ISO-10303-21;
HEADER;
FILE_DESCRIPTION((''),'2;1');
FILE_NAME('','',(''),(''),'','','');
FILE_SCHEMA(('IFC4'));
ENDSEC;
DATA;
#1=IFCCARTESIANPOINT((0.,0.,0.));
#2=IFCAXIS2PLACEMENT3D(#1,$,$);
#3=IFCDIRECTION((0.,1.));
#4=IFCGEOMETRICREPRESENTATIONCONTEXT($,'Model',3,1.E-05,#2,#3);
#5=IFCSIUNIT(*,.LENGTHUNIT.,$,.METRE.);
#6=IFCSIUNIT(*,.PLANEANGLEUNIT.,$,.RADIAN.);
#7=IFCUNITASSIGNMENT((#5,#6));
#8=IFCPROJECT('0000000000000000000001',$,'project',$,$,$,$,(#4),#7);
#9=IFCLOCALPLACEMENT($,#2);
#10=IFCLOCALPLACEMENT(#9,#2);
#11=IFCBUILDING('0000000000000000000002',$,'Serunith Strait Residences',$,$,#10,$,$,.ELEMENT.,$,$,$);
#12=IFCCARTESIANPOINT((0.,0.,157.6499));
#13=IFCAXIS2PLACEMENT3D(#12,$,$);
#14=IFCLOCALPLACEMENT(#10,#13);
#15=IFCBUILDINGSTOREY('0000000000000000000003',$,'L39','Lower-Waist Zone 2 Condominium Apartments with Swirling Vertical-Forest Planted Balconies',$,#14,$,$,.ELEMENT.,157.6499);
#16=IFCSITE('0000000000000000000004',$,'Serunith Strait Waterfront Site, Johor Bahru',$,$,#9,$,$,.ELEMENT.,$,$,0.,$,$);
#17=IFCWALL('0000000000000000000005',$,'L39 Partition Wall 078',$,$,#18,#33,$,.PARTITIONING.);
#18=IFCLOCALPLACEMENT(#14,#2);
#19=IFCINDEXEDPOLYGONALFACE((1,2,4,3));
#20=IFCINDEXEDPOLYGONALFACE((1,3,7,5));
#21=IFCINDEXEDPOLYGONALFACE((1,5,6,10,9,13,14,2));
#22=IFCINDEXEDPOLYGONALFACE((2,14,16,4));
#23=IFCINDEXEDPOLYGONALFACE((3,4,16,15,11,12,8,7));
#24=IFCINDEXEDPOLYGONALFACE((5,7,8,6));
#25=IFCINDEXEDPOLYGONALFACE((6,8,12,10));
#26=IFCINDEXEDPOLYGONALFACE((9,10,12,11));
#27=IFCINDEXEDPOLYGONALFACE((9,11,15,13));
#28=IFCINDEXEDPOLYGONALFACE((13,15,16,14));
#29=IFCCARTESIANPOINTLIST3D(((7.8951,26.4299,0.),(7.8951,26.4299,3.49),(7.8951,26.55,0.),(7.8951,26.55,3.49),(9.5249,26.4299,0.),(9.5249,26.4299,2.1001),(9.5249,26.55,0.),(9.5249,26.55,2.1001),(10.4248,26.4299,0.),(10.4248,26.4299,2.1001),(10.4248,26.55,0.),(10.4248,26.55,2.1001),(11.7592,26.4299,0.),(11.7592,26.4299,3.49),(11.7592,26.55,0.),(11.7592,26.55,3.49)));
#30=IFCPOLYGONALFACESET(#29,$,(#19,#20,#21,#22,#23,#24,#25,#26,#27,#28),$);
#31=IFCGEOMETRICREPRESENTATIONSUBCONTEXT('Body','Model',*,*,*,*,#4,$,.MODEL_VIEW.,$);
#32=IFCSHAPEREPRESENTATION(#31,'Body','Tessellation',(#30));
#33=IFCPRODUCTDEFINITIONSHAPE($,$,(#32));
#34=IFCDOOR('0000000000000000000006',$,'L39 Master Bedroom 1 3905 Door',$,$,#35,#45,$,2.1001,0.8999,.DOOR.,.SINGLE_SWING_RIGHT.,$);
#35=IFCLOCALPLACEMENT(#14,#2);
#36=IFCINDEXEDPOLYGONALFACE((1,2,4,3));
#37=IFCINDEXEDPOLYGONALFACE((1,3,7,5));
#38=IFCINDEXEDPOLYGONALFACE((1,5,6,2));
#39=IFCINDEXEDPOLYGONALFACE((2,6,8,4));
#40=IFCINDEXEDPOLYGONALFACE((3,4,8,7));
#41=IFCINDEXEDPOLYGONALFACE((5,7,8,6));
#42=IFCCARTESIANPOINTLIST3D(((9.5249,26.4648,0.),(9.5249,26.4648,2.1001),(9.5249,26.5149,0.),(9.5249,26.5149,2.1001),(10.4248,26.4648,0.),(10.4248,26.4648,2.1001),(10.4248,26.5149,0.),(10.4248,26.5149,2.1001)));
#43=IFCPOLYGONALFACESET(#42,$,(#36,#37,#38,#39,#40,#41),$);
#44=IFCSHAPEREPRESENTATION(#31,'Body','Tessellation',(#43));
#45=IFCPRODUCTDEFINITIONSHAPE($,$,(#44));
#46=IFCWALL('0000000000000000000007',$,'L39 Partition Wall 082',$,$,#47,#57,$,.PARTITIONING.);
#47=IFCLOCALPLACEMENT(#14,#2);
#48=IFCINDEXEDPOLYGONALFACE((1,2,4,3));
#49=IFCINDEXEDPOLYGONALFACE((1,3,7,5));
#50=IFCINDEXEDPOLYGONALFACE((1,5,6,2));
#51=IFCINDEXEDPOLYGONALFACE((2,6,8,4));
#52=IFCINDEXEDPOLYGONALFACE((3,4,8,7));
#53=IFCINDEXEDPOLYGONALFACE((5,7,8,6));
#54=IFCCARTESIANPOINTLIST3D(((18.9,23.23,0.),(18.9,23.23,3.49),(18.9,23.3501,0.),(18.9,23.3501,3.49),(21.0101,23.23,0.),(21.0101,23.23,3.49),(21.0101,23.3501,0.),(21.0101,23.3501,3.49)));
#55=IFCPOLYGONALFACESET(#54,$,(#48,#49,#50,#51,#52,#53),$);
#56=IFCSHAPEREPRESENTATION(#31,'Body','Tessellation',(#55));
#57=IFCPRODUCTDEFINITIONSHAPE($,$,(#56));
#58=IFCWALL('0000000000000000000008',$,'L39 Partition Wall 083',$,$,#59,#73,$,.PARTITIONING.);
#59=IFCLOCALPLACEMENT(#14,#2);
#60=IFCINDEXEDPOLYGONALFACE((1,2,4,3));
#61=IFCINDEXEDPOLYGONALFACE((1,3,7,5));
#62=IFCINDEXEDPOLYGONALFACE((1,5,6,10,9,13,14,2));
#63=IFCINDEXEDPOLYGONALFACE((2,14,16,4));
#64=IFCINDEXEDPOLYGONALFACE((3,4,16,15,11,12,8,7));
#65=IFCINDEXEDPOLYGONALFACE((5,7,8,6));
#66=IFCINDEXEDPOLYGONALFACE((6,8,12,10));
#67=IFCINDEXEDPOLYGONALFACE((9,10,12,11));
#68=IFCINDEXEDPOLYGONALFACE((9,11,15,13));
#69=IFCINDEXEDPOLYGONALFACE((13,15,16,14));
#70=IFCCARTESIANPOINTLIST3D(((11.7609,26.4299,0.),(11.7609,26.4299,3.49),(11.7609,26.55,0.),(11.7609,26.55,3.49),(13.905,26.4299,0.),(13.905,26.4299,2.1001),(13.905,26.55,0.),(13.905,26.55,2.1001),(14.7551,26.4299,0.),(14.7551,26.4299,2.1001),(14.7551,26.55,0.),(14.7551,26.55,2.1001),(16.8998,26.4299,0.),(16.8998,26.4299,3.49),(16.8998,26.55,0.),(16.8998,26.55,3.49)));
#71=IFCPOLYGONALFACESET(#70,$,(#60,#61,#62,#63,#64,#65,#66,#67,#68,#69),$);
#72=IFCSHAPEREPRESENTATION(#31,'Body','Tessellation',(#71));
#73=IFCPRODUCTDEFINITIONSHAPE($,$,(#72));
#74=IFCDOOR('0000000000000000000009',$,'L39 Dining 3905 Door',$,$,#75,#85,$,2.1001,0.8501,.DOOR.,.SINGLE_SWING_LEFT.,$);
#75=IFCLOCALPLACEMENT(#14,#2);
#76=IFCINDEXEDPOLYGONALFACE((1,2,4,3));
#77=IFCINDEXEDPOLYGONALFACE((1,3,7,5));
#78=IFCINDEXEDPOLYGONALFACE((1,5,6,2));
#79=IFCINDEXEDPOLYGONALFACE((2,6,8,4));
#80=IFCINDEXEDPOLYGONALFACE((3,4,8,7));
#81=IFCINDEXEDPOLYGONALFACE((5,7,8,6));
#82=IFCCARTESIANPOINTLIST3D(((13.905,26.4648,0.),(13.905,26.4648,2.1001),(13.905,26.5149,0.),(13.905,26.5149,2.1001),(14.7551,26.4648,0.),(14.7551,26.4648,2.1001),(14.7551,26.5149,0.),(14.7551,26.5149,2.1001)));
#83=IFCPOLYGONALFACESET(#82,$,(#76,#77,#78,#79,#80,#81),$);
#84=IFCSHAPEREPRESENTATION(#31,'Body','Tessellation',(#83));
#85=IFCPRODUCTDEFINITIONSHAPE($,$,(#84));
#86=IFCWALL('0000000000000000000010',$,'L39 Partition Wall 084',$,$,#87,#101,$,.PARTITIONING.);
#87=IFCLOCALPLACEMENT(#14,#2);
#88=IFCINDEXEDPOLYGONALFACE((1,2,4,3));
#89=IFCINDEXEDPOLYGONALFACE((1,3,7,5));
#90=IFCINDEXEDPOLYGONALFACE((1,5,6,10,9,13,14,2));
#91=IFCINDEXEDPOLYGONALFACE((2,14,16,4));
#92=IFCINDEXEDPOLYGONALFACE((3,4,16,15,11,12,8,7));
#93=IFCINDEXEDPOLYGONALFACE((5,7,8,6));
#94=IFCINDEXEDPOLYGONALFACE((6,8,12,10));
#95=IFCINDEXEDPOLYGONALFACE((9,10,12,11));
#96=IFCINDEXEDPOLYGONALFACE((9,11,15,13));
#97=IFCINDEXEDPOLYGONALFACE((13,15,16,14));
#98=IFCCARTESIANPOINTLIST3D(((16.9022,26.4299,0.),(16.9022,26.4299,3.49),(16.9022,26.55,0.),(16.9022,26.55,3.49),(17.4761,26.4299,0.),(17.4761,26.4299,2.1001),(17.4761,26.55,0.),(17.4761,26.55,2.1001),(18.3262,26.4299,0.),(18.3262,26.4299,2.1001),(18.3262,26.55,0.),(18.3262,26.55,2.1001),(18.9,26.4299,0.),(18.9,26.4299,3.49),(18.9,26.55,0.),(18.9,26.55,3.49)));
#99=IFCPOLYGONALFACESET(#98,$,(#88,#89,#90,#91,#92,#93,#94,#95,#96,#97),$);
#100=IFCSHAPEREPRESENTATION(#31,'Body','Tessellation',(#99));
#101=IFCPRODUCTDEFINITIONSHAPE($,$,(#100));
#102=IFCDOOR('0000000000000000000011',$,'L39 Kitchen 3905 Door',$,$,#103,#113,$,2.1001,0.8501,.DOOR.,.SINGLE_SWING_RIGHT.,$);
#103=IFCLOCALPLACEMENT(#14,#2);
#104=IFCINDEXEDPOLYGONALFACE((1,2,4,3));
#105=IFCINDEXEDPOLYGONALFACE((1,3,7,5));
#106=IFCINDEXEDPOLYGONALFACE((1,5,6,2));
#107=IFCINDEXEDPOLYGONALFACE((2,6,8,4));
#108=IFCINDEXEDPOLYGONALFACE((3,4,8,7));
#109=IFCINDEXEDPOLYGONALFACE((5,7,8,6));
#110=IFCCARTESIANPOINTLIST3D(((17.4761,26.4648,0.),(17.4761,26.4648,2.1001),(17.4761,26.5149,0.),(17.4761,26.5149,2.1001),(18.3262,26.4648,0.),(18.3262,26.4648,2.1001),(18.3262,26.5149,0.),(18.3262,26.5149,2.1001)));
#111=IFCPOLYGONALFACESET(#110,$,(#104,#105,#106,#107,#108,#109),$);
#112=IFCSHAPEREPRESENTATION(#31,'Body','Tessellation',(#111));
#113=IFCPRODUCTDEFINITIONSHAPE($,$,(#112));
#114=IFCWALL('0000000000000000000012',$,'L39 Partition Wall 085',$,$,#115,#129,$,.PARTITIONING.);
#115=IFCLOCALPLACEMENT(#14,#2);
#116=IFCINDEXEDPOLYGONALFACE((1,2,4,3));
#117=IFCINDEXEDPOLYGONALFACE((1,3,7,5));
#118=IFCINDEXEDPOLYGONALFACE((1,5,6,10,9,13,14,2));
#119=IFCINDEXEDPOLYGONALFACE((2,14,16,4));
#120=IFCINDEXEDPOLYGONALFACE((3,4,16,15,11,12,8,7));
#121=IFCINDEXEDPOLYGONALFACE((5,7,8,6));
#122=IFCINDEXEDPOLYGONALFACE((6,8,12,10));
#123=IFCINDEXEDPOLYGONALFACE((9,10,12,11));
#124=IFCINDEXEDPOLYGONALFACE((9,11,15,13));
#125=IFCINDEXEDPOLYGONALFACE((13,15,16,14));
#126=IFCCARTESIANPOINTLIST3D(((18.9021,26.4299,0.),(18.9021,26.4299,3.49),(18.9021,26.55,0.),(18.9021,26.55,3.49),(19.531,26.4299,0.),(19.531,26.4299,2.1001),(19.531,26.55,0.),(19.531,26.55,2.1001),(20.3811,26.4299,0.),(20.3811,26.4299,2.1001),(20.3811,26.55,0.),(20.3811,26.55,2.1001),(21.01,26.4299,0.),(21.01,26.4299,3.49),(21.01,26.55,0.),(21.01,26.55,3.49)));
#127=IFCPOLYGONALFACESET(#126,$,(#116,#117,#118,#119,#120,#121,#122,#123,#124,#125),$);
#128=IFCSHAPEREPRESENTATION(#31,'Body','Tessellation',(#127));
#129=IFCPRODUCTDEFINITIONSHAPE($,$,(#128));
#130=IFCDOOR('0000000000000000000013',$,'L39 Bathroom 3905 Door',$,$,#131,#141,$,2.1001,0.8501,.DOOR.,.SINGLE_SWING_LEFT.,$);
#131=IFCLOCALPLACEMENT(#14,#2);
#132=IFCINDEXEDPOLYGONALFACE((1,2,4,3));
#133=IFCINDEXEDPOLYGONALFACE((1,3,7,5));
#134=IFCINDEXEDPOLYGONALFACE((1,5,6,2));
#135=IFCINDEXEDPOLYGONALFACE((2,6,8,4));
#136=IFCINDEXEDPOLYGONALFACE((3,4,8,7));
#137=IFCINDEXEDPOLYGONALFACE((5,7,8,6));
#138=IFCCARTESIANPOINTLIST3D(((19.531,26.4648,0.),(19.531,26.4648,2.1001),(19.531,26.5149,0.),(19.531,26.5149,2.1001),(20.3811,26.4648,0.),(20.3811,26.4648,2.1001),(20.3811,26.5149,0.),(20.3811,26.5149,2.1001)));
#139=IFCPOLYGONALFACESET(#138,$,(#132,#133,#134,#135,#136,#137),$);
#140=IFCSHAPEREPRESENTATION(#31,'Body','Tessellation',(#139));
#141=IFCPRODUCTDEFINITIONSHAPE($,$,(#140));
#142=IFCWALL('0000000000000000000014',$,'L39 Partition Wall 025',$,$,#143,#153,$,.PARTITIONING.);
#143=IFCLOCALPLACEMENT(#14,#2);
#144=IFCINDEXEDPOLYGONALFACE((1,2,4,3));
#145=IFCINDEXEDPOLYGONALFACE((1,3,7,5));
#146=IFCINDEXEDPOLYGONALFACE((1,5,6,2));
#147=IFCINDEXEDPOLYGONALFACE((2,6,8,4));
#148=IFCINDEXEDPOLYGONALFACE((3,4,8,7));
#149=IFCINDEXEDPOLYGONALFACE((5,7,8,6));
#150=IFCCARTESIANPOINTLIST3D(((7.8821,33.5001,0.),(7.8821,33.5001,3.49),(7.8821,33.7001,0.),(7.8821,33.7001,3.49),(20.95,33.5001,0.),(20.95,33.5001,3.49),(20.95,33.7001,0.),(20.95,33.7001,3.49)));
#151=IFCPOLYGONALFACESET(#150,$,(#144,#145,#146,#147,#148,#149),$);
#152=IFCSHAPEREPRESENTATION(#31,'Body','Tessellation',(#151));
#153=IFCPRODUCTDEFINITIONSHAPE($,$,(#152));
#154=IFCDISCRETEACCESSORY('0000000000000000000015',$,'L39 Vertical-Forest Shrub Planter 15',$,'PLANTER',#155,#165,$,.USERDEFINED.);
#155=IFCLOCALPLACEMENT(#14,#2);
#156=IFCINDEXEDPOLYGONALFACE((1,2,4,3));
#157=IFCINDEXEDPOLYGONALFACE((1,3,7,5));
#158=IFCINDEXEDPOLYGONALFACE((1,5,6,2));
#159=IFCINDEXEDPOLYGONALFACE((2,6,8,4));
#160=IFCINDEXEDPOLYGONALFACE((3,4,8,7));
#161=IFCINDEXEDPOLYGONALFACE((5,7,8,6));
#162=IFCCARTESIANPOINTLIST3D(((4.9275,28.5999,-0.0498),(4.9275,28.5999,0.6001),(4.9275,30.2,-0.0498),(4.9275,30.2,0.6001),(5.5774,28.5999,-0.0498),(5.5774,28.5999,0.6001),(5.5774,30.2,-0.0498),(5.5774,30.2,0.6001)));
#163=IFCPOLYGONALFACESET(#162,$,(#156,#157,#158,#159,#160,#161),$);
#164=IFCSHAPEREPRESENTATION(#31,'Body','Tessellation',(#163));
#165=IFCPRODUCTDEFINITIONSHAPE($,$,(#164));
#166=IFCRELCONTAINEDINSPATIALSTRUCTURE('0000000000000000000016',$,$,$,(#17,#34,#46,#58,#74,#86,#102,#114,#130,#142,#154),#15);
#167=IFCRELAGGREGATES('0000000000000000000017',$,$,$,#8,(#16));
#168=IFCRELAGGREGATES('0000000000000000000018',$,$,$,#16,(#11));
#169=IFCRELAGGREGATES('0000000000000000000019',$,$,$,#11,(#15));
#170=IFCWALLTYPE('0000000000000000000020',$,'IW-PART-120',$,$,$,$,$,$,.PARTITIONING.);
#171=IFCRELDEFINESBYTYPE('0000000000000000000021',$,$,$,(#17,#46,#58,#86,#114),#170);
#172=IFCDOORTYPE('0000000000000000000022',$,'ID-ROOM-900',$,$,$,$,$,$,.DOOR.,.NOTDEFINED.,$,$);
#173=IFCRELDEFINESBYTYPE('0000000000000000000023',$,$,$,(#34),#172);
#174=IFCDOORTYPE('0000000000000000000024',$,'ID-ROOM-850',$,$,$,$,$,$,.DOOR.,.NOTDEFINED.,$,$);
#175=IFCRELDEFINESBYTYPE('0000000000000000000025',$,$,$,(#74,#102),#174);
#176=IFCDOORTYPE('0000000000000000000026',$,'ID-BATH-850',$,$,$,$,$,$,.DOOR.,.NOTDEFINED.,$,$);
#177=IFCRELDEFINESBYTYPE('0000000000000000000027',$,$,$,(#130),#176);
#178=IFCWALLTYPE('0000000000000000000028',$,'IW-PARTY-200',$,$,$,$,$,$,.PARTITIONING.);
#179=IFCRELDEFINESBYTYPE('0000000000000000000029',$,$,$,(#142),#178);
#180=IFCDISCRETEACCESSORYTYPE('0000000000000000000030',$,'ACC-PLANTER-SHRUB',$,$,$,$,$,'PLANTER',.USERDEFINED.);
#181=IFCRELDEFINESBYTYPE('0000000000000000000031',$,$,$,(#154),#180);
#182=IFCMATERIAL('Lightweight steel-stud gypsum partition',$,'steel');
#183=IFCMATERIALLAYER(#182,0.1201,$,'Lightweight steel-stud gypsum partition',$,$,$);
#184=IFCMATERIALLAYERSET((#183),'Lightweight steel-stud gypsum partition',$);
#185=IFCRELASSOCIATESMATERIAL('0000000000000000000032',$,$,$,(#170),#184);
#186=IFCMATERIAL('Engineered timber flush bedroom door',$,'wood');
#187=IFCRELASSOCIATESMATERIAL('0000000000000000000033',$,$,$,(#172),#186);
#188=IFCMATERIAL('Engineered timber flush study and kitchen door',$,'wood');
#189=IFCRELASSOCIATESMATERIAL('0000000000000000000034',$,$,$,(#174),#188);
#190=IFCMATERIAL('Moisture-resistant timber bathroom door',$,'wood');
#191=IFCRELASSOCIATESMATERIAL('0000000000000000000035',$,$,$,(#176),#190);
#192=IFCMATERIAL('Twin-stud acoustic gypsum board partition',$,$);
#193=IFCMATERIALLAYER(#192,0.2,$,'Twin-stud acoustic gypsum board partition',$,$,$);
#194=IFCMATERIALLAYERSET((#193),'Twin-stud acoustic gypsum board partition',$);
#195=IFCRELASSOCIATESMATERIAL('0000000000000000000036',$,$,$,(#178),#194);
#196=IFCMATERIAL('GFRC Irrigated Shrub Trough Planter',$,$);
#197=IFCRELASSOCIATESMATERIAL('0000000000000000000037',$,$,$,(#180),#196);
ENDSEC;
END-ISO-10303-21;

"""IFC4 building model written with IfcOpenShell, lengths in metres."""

from ifc_helpers import new_model, si_unit, direction, frame, frame_2d, origin, origin_2d, place, context, subcontext, project, spatial, rectangle, extrude, source, transform, mapped, material, layer, layer_set, type_object, element, fill, save


model = new_model("IFC4")

# Units and contexts
model_context = context("Model", 3, precision=1e-05, world=origin(), true_north=direction((0.0, 1.0)))
body_context = subcontext(model_context, "Body", "Model", "MODEL_VIEW")
ifc_project = project(units=[si_unit("LENGTHUNIT", "METRE"), si_unit("PLANEANGLEUNIT", "RADIAN")], contexts=[model_context])

# Site, building, storey
site_placement = place(None, origin())
site = spatial("IfcSite", under=ifc_project, at=site_placement, Name="Serunith Strait Waterfront Site, Johor Bahru", CompositionType="ELEMENT", RefElevation=0.0)
building_placement = place(site_placement, origin())
building = spatial("IfcBuilding", under=site, at=building_placement, Name="Serunith Strait Residences", CompositionType="ELEMENT")
storey_placement = place(building_placement, frame((0.0, 0.0, 157.6499)))
storey = spatial("IfcBuildingStorey", under=building, at=storey_placement, Name="L39", Description="Lower-Waist Zone 2 Condominium Apartments with Swirling Vertical-Forest Planted Balconies", CompositionType="ELEMENT", Elevation=157.6499)

# Wall, opening, door
ifc_material_1 = material(Name="Lightweight steel-stud gypsum partition", Category="steel")
ifc_layer_1 = layer(ifc_material_1, 0.1201, Name="Lightweight steel-stud gypsum partition")
ifc_layer_set_1 = layer_set([ifc_layer_1], Name="Lightweight steel-stud gypsum partition")
wall_type_1 = type_object("IfcWallType", Name="IW-PART-120", PredefinedType="PARTITIONING", material=ifc_layer_set_1)
wall_1_placement = place(storey_placement, frame((7.895, 26.49, 0.0), z_axis=(0.0, 0.0, 1.0), x_axis=(1.0, 0.0, 0.0)))
wall_1 = element("IfcWall", 1, at=wall_1_placement, inside=storey, type_object=wall_type_1, Name="L39 Partition Wall 078", PredefinedType="PARTITIONING", context=body_context, shape_type="SweptSolid", body=[
    extrude(rectangle(XDim=3.864, YDim=0.1201, at=frame_2d((1.9321, 0.0))), origin(), (0.0, 0.0, 1.0), 3.49),
])
opening_1_placement = place(wall_1_placement, frame((1.6299, 0.0, 0.0)))
opening_1 = element("IfcOpeningElement", 2, at=opening_1_placement, cuts=wall_1, PredefinedType="OPENING", context=body_context, shape_type="SweptSolid", body=[
    extrude(rectangle(XDim=0.8999, YDim=2.1001, at=frame_2d((0.45, 1.05))), frame((0.0, 0.0701, 0.0), z_axis=(0.0, -1.0, 0.0), x_axis=(1.0, 0.0, 0.0)), (0.0, 0.0, 1.0), 0.1401),
])
ifc_material_2 = material(Name="Engineered timber flush bedroom door", Category="wood")
door_type_1 = type_object("IfcDoorType", Name="ID-ROOM-900", OperationType="NOTDEFINED", PredefinedType="DOOR", material=ifc_material_2)
shared_shape_1 = source(origin(), body_context, "Body", "SweptSolid", [
    extrude(rectangle(XDim=0.8999, YDim=2.1001, at=frame_2d((0.45, 1.05))), frame((0.0, 0.0249, 0.0), z_axis=(0.0, -1.0, 0.0), x_axis=(1.0, 0.0, 0.0)), (0.0, 0.0, 1.0), 0.05),
])
door_1_placement = place(opening_1_placement, origin())
door_1 = element("IfcDoor", 3, at=door_1_placement, inside=storey, type_object=door_type_1, Name="L39 Master Bedroom 1 3905 Door", OperationType="SINGLE_SWING_RIGHT", OverallHeight=2.1001, OverallWidth=0.8999, PredefinedType="DOOR", context=body_context, shape_type="MappedRepresentation", body=[
    mapped(shared_shape_1, transform((0.0, 0.0, 0.0), scale=1.0)),
])
fill(opening_1, door_1)

# Wall
wall_2_placement = place(storey_placement, frame((18.8999, 23.29, 0.0), z_axis=(0.0, 0.0, 1.0), x_axis=(1.0, 0.0, 0.0)))
element("IfcWall", 4, at=wall_2_placement, inside=storey, type_object=wall_type_1, Name="L39 Partition Wall 082", PredefinedType="PARTITIONING", context=body_context, shape_type="SweptSolid", body=[
    extrude(rectangle(XDim=2.1101, YDim=0.1201, at=frame_2d((1.0552, 0.0))), origin(), (0.0, 0.0, 1.0), 3.49),
])

# Walls, openings, doors
wall_3_placement = place(storey_placement, frame((11.761, 26.49, 0.0), z_axis=(0.0, 0.0, 1.0), x_axis=(1.0, 0.0, 0.0)))
wall_3 = element("IfcWall", 5, at=wall_3_placement, inside=storey, type_object=wall_type_1, Name="L39 Partition Wall 083", PredefinedType="PARTITIONING", context=body_context, shape_type="SweptSolid", body=[
    extrude(rectangle(XDim=5.1389, YDim=0.1201, at=frame_2d((2.5693, 0.0))), origin(), (0.0, 0.0, 1.0), 3.49),
])
opening_2_placement = place(wall_3_placement, frame((2.144, 0.0, 0.0)))
opening_2 = element("IfcOpeningElement", 6, at=opening_2_placement, cuts=wall_3, PredefinedType="OPENING", context=body_context, shape_type="SweptSolid", body=[
    extrude(rectangle(XDim=0.8501, YDim=2.1001, at=frame_2d((0.425, 1.05))), frame((0.0, 0.0701, 0.0), z_axis=(0.0, -1.0, 0.0), x_axis=(1.0, 0.0, 0.0)), (0.0, 0.0, 1.0), 0.1401),
])
ifc_material_3 = material(Name="Engineered timber flush study and kitchen door", Category="wood")
door_type_2 = type_object("IfcDoorType", Name="ID-ROOM-850", OperationType="NOTDEFINED", PredefinedType="DOOR", material=ifc_material_3)
shared_shape_2 = source(origin(), body_context, "Body", "SweptSolid", [
    extrude(rectangle(XDim=0.8501, YDim=2.1001, at=frame_2d((0.425, 1.05))), frame((0.0, 0.0249, 0.0), z_axis=(0.0, -1.0, 0.0), x_axis=(1.0, 0.0, 0.0)), (0.0, 0.0, 1.0), 0.05),
])
door_2_placement = place(opening_2_placement, origin())
door_2 = element("IfcDoor", 7, at=door_2_placement, inside=storey, type_object=door_type_2, Name="L39 Dining 3905 Door", OperationType="SINGLE_SWING_LEFT", OverallHeight=2.1001, OverallWidth=0.8501, PredefinedType="DOOR", context=body_context, shape_type="MappedRepresentation", body=[
    mapped(shared_shape_2, transform((0.0, 0.0, 0.0), scale=1.0)),
])
fill(opening_2, door_2)
wall_4_placement = place(storey_placement, frame((16.9021, 26.49, 0.0), z_axis=(0.0, 0.0, 1.0), x_axis=(1.0, 0.0, 0.0)))
wall_4 = element("IfcWall", 8, at=wall_4_placement, inside=storey, type_object=wall_type_1, Name="L39 Partition Wall 084", PredefinedType="PARTITIONING", context=body_context, shape_type="SweptSolid", body=[
    extrude(rectangle(XDim=1.9978, YDim=0.1201, at=frame_2d((0.999, 0.0))), origin(), (0.0, 0.0, 1.0), 3.49),
])
opening_3_placement = place(wall_4_placement, frame((0.574, 0.0, 0.0)))
opening_3 = element("IfcOpeningElement", 9, at=opening_3_placement, cuts=wall_4, PredefinedType="OPENING", context=body_context, shape_type="SweptSolid", body=[
    extrude(rectangle(XDim=0.8501, YDim=2.1001, at=frame_2d((0.425, 1.05))), frame((0.0, 0.0701, 0.0), z_axis=(0.0, -1.0, 0.0), x_axis=(1.0, 0.0, 0.0)), (0.0, 0.0, 1.0), 0.1401),
])
door_3_placement = place(opening_3_placement, origin())
door_3 = element("IfcDoor", 10, at=door_3_placement, inside=storey, type_object=door_type_2, Name="L39 Kitchen 3905 Door", OperationType="SINGLE_SWING_RIGHT", OverallHeight=2.1001, OverallWidth=0.8501, PredefinedType="DOOR", context=body_context, shape_type="MappedRepresentation", body=[
    mapped(shared_shape_2, transform((0.0, 0.0, 0.0), scale=1.0)),
])
fill(opening_3, door_3)
wall_5_placement = place(storey_placement, frame((18.9021, 26.49, 0.0), z_axis=(0.0, 0.0, 1.0), x_axis=(1.0, 0.0, 0.0)))
wall_5 = element("IfcWall", 11, at=wall_5_placement, inside=storey, type_object=wall_type_1, Name="L39 Partition Wall 085", PredefinedType="PARTITIONING", context=body_context, shape_type="SweptSolid", body=[
    extrude(rectangle(XDim=2.1079, YDim=0.1201, at=frame_2d((1.054, 0.0))), origin(), (0.0, 0.0, 1.0), 3.49),
])
opening_4_placement = place(wall_5_placement, frame((0.6289, 0.0, 0.0)))
opening_4 = element("IfcOpeningElement", 12, at=opening_4_placement, cuts=wall_5, PredefinedType="OPENING", context=body_context, shape_type="SweptSolid", body=[
    extrude(rectangle(XDim=0.8501, YDim=2.1001, at=frame_2d((0.425, 1.05))), frame((0.0, 0.0701, 0.0), z_axis=(0.0, -1.0, 0.0), x_axis=(1.0, 0.0, 0.0)), (0.0, 0.0, 1.0), 0.1401),
])
ifc_material_4 = material(Name="Moisture-resistant timber bathroom door", Category="wood")
door_type_3 = type_object("IfcDoorType", Name="ID-BATH-850", OperationType="NOTDEFINED", PredefinedType="DOOR", material=ifc_material_4)
door_4_placement = place(opening_4_placement, origin())
door_4 = element("IfcDoor", 13, at=door_4_placement, inside=storey, type_object=door_type_3, Name="L39 Bathroom 3905 Door", OperationType="SINGLE_SWING_LEFT", OverallHeight=2.1001, OverallWidth=0.8501, PredefinedType="DOOR", context=body_context, shape_type="MappedRepresentation", body=[
    mapped(shared_shape_2, transform((0.0, 0.0, 0.0), scale=1.0)),
])
fill(opening_4, door_4)

# Wall
ifc_material_5 = material(Name="Twin-stud acoustic gypsum board partition")
ifc_layer_2 = layer(ifc_material_5, 0.2, Name="Twin-stud acoustic gypsum board partition")
ifc_layer_set_2 = layer_set([ifc_layer_2], Name="Twin-stud acoustic gypsum board partition")
wall_type_2 = type_object("IfcWallType", Name="IW-PARTY-200", PredefinedType="PARTITIONING", material=ifc_layer_set_2)
wall_6_placement = place(storey_placement, frame((7.8821, 33.6001, 0.0), z_axis=(0.0, 0.0, 1.0), x_axis=(1.0, 0.0, 0.0)))
element("IfcWall", 14, at=wall_6_placement, inside=storey, type_object=wall_type_2, Name="L39 Partition Wall 025", PredefinedType="PARTITIONING", context=body_context, shape_type="SweptSolid", body=[
    extrude(rectangle(XDim=13.0679, YDim=0.2, at=frame_2d((6.5339, 0.0))), origin(), (0.0, 0.0, 1.0), 3.49),
])

# Discrete accessory
ifc_material_6 = material(Name="GFRC Irrigated Shrub Trough Planter")
discrete_accessory_type = type_object("IfcDiscreteAccessoryType", Name="ACC-PLANTER-SHRUB", ElementType="PLANTER", PredefinedType="USERDEFINED", material=ifc_material_6)
shared_shape_3 = source(origin(), body_context, "Body", "SweptSolid", [
    extrude(rectangle(XDim=1.6001, YDim=0.6499, at=origin_2d()), origin(), (0.0, 0.0, 1.0), 0.6499),
])
discrete_accessory_placement = place(storey_placement, frame((5.2524, 29.3999, -0.0498), z_axis=(0.0, 0.0, 1.0), x_axis=(0.0, -1.0, 0.0)))
element("IfcDiscreteAccessory", 15, at=discrete_accessory_placement, inside=storey, type_object=discrete_accessory_type, Name="L39 Vertical-Forest Shrub Planter 15", ObjectType="PLANTER", PredefinedType="USERDEFINED", context=body_context, shape_type="MappedRepresentation", body=[
    mapped(shared_shape_3, transform((0.0, 0.0, 0.0), scale=1.0)),
])

save(model, "model.ifc")
